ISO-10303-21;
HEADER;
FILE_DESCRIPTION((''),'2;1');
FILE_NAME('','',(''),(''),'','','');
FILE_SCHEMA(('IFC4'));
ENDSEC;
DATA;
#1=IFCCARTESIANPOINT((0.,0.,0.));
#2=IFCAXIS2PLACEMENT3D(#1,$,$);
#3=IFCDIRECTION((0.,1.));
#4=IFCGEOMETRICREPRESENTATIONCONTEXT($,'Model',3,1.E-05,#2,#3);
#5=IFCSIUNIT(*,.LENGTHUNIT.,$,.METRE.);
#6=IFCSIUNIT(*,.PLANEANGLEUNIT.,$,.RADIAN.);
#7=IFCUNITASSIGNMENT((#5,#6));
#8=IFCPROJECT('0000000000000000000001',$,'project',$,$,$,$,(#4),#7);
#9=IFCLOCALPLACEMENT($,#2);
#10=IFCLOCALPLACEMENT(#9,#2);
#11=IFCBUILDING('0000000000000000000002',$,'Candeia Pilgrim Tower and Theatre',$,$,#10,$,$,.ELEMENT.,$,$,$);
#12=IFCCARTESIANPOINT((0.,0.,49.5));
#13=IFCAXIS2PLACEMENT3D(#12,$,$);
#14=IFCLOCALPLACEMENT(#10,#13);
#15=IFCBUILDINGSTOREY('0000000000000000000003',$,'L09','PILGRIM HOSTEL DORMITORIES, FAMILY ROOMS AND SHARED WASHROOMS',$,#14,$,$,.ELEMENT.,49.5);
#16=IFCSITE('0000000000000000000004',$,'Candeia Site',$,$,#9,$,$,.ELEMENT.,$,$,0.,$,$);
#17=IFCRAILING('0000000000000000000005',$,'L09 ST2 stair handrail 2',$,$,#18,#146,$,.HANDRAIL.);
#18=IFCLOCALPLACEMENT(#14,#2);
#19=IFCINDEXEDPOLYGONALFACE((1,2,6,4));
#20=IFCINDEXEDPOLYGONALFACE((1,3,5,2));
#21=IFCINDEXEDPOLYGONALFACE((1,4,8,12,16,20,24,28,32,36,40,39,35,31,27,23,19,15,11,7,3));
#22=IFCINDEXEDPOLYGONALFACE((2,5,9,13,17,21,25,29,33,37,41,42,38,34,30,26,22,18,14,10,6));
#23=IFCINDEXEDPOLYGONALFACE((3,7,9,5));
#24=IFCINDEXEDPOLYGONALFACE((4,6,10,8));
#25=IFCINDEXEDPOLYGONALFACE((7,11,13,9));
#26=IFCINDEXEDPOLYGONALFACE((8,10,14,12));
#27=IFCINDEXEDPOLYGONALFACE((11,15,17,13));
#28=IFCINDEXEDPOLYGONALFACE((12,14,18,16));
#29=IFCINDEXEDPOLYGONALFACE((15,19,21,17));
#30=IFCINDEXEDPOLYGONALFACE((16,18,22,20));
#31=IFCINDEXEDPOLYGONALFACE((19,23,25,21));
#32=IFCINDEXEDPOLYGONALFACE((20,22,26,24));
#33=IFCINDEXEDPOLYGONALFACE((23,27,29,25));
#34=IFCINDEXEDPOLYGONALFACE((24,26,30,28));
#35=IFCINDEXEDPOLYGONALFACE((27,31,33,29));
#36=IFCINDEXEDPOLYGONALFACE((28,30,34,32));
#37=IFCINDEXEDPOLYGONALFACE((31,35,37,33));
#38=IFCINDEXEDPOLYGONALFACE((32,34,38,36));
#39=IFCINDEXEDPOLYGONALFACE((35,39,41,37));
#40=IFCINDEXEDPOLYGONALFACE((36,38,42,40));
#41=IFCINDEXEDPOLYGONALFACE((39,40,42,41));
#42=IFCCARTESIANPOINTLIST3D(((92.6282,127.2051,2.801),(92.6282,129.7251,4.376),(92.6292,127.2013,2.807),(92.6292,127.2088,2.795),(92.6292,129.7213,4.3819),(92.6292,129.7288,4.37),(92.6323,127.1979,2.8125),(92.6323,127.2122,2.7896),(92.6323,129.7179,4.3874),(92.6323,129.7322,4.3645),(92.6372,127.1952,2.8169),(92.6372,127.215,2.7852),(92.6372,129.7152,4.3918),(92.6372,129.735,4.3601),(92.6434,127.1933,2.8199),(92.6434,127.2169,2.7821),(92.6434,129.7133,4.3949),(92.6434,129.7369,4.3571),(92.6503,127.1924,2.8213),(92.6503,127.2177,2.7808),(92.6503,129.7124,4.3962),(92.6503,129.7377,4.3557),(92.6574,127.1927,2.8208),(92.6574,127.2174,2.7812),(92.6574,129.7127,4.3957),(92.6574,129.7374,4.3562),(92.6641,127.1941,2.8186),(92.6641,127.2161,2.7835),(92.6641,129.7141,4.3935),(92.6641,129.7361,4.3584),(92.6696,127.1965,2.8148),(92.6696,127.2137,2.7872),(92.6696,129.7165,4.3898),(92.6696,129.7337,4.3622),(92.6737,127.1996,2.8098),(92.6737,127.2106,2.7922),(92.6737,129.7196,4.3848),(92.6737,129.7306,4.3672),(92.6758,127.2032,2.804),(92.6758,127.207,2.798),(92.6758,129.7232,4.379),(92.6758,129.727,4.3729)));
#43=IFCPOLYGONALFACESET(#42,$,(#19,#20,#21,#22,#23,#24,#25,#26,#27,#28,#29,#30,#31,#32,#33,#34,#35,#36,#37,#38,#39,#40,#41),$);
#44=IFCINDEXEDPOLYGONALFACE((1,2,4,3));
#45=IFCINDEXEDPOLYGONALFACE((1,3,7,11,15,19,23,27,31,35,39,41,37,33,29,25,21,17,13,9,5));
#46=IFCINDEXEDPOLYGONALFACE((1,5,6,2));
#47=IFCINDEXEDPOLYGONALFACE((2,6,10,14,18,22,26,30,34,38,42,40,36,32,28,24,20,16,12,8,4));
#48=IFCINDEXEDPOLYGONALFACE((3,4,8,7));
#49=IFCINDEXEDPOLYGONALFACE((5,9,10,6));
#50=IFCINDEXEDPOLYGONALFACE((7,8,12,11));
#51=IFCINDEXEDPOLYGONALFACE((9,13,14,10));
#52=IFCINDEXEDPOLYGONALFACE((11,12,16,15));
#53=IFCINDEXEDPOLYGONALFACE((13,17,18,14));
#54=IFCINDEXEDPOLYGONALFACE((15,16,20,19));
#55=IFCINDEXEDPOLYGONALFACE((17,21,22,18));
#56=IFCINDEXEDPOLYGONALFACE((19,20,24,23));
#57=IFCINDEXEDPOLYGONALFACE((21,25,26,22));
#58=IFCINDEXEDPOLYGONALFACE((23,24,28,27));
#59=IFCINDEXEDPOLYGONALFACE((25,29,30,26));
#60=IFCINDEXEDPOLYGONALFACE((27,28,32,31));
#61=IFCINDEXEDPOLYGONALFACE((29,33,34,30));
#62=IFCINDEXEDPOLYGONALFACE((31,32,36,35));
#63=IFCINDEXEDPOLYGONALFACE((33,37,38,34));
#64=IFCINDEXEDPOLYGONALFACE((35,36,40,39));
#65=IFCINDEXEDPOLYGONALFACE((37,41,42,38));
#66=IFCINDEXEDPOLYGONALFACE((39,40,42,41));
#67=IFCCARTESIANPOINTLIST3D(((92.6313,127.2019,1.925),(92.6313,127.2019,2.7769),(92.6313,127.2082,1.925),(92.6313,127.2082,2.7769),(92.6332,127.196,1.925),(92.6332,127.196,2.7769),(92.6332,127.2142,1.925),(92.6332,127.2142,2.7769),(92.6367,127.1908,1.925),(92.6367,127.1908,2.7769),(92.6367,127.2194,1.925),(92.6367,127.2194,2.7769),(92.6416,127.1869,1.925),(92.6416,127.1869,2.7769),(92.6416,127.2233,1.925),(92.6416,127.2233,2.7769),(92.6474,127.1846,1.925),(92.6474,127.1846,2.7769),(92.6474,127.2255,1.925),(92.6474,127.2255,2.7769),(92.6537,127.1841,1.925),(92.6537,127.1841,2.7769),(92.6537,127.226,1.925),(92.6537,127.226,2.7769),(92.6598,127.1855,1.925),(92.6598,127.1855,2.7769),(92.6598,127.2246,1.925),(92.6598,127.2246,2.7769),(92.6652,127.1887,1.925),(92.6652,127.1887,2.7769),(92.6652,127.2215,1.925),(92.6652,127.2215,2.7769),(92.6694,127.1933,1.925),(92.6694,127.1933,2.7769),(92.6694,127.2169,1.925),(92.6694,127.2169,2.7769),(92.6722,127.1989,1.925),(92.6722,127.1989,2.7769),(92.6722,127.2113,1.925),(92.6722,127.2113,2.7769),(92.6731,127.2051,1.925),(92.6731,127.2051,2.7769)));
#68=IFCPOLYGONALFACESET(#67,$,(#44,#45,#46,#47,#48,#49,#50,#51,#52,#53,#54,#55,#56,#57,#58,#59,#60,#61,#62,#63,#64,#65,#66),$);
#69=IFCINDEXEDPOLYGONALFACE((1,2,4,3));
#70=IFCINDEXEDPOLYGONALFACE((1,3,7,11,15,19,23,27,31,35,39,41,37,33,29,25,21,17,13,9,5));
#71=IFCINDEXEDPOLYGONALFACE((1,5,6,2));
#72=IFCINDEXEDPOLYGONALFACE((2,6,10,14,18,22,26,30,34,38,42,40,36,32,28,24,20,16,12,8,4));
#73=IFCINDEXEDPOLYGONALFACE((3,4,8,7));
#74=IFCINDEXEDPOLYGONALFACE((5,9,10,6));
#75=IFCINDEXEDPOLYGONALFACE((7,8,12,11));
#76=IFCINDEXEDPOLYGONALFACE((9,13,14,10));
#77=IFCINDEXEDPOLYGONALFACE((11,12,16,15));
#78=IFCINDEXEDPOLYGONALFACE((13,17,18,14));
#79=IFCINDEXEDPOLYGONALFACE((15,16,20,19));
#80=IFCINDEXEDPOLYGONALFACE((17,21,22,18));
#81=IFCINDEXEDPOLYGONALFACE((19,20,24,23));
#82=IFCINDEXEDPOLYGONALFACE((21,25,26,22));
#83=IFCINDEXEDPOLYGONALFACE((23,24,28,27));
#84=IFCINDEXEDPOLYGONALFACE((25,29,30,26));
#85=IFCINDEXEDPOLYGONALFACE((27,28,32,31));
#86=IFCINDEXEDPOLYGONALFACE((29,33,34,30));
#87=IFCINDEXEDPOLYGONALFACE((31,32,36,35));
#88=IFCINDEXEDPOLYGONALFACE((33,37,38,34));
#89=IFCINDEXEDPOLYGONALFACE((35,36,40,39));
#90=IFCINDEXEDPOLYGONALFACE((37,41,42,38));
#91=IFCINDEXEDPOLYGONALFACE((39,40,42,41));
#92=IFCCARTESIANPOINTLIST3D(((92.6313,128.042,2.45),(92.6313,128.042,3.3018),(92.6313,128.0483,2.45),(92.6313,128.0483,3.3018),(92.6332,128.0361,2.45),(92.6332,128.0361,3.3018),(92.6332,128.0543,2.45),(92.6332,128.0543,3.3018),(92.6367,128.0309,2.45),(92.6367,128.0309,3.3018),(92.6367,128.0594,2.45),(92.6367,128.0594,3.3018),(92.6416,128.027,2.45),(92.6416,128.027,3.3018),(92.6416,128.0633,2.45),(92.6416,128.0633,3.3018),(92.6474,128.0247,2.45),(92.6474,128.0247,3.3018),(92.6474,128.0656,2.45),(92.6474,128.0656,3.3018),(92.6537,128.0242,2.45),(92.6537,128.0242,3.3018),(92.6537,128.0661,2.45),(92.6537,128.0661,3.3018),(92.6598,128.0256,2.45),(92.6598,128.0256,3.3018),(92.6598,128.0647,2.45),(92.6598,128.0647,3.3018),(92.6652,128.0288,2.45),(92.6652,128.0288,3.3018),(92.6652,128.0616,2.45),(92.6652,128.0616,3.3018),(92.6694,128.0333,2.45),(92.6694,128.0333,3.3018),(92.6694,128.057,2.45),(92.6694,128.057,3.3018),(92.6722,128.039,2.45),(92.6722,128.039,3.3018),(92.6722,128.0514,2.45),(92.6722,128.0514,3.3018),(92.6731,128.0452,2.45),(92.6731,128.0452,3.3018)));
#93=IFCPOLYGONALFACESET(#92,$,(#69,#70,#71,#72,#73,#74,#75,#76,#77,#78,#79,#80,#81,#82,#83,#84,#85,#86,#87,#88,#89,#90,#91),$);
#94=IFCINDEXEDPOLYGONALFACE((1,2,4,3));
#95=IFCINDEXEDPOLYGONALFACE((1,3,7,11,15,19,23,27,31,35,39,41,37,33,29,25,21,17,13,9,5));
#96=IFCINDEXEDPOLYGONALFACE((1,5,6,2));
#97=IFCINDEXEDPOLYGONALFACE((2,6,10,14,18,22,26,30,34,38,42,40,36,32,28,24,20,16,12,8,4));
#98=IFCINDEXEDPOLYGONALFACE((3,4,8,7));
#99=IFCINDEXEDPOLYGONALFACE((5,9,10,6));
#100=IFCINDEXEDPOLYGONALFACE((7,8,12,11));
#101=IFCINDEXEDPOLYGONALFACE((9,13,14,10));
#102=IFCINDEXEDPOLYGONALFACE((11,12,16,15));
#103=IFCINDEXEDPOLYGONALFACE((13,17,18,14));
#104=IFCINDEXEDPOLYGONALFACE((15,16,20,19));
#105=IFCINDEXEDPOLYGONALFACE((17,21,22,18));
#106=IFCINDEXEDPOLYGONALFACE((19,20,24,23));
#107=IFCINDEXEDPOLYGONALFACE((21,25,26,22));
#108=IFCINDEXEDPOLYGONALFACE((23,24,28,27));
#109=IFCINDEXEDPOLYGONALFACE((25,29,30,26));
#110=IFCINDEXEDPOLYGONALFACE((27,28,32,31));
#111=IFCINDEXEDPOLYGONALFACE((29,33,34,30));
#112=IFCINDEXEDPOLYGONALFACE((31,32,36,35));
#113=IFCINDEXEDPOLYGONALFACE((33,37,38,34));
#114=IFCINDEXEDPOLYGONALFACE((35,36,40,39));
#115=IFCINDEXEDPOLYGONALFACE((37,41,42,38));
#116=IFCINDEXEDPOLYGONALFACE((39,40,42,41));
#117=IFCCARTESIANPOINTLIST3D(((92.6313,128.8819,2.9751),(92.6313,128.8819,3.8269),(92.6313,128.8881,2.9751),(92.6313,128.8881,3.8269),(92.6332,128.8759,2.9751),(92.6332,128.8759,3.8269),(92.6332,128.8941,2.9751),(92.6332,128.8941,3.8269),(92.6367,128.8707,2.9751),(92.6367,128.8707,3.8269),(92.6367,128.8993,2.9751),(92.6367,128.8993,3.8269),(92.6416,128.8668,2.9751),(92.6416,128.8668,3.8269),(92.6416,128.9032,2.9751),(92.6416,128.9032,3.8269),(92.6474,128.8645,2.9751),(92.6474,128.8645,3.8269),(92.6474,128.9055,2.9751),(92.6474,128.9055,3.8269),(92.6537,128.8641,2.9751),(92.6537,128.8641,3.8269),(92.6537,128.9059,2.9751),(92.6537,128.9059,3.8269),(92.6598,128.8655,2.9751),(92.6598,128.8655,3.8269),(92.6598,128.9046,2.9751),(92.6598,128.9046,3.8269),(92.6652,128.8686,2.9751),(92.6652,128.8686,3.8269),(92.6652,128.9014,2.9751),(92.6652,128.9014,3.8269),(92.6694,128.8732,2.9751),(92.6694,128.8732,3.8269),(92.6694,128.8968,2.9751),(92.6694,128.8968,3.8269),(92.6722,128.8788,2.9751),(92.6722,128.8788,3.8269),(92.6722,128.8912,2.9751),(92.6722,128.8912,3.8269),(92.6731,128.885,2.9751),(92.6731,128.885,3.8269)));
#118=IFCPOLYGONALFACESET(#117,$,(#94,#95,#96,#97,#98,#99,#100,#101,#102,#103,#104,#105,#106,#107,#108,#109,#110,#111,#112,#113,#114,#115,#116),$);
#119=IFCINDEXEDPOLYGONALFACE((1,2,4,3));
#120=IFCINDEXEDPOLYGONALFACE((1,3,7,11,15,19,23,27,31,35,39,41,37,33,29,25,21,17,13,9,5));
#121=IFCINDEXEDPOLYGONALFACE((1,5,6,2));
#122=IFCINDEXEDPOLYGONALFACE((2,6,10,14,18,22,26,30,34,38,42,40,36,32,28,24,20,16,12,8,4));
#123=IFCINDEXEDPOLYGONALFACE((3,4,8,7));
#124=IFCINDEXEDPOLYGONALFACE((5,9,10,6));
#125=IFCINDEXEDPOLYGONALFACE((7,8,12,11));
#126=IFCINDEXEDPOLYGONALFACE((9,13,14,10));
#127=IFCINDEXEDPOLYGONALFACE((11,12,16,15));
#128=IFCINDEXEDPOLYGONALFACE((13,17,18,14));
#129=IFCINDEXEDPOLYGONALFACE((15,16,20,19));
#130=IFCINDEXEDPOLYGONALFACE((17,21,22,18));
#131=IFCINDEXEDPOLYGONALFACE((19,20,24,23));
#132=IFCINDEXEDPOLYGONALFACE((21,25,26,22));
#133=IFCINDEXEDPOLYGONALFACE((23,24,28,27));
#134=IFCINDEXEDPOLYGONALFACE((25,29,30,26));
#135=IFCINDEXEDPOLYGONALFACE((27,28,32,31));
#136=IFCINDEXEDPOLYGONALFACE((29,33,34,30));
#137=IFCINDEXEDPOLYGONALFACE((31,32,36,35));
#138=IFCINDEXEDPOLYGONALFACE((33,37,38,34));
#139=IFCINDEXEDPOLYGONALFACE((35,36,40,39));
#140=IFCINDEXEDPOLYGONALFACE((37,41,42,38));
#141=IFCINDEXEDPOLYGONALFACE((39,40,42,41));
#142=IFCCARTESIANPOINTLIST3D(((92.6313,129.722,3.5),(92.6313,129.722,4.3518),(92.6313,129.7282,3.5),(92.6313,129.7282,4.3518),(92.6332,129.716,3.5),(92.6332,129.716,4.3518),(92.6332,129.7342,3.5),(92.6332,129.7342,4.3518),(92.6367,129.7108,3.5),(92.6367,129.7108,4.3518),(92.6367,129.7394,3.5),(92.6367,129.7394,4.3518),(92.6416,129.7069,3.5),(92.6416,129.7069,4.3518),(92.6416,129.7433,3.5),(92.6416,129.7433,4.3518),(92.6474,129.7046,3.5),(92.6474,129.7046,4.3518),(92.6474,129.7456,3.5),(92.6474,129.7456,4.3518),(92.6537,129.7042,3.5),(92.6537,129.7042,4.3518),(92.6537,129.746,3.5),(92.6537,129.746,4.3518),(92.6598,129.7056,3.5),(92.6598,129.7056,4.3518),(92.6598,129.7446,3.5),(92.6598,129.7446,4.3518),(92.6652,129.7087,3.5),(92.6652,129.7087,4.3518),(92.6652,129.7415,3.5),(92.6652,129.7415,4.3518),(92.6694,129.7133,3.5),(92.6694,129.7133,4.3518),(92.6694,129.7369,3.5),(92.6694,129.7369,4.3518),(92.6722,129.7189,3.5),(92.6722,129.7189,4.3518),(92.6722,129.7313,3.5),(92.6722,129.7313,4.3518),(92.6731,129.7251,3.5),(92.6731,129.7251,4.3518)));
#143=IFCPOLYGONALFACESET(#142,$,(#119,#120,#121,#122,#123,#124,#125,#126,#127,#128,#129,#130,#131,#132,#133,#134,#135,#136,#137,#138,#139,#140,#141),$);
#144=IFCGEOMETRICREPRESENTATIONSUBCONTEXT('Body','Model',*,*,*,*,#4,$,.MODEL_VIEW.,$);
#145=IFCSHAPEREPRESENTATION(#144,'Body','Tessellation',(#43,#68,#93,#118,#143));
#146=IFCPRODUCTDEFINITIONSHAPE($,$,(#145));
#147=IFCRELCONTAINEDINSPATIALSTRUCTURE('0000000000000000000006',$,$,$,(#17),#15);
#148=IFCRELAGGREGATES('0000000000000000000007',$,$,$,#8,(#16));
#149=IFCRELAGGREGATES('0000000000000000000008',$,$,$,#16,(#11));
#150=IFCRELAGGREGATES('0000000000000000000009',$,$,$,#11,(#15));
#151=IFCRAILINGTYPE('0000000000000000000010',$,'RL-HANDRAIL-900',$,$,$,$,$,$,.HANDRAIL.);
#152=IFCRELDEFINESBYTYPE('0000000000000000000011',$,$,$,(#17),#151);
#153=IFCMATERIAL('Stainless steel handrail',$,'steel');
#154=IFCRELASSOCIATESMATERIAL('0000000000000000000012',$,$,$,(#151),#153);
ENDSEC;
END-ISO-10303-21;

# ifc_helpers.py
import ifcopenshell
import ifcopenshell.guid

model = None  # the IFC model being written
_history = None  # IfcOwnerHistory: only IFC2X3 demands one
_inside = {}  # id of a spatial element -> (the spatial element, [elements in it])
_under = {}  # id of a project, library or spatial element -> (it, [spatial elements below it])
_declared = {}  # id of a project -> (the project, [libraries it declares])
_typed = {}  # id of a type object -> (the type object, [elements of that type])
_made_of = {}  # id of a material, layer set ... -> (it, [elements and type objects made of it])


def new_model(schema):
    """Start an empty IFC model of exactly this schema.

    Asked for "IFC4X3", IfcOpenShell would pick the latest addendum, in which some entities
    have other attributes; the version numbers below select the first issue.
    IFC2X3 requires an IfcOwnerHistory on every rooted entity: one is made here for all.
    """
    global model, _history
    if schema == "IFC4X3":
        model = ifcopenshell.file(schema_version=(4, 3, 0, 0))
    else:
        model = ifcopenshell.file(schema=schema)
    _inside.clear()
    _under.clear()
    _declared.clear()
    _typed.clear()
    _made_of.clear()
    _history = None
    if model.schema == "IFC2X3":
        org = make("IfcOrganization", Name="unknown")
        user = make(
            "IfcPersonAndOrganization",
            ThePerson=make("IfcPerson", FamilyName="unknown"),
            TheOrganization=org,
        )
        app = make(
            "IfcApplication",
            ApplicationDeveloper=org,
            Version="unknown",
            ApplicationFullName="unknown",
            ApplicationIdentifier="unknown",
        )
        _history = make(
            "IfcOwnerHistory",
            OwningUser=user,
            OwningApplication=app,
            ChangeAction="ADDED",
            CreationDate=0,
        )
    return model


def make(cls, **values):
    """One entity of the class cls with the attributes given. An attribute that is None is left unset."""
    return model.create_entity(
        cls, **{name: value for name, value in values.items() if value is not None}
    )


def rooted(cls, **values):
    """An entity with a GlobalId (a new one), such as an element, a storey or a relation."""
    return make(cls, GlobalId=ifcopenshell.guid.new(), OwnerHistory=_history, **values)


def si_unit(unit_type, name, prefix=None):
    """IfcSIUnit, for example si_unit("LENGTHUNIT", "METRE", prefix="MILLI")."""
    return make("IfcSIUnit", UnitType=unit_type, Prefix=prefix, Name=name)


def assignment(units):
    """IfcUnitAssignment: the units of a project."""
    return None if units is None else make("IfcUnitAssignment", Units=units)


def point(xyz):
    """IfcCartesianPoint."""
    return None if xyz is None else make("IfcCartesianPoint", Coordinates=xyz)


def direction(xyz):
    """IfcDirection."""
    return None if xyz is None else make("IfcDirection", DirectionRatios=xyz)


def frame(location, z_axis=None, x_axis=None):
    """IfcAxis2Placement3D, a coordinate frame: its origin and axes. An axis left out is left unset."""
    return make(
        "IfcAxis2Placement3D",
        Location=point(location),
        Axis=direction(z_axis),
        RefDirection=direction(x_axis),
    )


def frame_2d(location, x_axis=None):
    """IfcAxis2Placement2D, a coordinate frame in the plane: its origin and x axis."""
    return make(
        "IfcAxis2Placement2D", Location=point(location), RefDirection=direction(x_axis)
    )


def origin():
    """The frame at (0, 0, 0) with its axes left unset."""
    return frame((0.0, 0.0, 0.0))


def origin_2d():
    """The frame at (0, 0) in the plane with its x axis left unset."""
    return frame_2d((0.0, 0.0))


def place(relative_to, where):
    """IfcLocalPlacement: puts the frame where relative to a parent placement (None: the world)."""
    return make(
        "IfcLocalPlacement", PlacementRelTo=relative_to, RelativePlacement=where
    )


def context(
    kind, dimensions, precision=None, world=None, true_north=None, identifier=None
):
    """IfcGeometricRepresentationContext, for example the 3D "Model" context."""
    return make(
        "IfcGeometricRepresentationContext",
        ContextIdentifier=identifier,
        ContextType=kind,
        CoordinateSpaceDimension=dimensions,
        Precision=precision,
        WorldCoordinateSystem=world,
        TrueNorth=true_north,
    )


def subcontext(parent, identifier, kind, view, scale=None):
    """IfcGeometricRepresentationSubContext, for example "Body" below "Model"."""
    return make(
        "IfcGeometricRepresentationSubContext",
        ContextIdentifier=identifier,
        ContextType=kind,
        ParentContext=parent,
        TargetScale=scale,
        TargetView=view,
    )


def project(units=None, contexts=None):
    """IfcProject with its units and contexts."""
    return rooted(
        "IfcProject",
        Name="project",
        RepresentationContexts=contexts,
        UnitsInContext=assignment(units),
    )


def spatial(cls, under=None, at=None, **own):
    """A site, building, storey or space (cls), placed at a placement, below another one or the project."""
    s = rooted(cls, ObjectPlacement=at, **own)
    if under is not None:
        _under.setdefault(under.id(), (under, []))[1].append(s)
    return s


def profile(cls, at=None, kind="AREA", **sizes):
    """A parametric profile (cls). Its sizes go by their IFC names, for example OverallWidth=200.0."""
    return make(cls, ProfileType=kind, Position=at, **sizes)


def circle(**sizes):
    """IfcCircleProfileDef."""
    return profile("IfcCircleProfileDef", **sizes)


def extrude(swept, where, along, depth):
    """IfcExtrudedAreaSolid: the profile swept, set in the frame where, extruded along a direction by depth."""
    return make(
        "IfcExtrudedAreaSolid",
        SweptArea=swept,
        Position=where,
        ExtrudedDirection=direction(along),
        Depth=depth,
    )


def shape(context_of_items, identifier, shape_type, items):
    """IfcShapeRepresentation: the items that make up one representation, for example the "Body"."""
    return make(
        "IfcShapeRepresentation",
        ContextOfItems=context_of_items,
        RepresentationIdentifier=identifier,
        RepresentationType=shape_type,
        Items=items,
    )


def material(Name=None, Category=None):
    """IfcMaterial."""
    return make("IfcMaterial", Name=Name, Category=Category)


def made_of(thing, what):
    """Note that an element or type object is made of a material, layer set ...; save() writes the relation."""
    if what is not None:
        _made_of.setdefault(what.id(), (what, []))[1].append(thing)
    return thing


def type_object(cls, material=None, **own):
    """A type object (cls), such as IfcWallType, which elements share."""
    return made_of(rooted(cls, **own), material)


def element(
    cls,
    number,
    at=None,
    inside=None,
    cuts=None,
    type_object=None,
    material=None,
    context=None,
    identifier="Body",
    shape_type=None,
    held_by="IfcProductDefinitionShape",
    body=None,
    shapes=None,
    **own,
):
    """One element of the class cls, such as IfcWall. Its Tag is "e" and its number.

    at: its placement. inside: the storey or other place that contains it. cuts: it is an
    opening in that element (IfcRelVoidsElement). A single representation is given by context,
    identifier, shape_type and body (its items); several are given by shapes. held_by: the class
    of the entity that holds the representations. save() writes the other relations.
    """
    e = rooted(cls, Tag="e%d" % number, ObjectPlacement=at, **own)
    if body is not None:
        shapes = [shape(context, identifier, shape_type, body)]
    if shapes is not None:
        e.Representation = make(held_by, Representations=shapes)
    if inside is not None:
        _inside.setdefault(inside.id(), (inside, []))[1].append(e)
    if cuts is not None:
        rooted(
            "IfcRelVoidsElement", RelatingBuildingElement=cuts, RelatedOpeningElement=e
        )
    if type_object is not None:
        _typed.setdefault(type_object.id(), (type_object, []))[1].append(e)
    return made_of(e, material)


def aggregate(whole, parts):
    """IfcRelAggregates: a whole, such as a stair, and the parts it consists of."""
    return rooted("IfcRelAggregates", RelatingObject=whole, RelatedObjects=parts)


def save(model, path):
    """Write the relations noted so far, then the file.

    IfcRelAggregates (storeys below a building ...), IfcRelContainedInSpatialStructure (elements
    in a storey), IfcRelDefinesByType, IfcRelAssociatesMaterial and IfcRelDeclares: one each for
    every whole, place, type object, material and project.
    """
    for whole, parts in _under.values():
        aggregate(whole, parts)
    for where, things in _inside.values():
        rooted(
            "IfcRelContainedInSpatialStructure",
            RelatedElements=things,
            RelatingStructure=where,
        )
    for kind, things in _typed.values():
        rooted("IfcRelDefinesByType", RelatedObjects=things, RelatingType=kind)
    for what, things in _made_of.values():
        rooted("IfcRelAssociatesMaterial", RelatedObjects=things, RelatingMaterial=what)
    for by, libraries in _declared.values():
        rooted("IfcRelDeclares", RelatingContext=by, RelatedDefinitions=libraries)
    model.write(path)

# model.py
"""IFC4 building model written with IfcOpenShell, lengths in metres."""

from ifc_helpers import new_model, si_unit, direction, frame, origin, origin_2d, place, context, subcontext, project, spatial, circle, extrude, material, type_object, element, save


model = new_model("IFC4")

# Units and contexts
model_context = context("Model", 3, precision=1e-05, world=origin(), true_north=direction((0.0, 1.0)))
body_context = subcontext(model_context, "Body", "Model", "MODEL_VIEW")
ifc_project = project(units=[si_unit("LENGTHUNIT", "METRE"), si_unit("PLANEANGLEUNIT", "RADIAN")], contexts=[model_context])

# Site, building, storey
site_placement = place(None, origin())
site = spatial("IfcSite", under=ifc_project, at=site_placement, Name="Candeia Site", CompositionType="ELEMENT", RefElevation=0.0)
building_placement = place(site_placement, origin())
building = spatial("IfcBuilding", under=site, at=building_placement, Name="Candeia Pilgrim Tower and Theatre", CompositionType="ELEMENT")
storey_placement = place(building_placement, frame((0.0, 0.0, 49.5)))
storey = spatial("IfcBuildingStorey", under=building, at=storey_placement, Name="L09", Description="PILGRIM HOSTEL DORMITORIES, FAMILY ROOMS AND SHARED WASHROOMS", CompositionType="ELEMENT", Elevation=49.5)

# Railing
ifc_material_1 = material(Name="Stainless steel handrail", Category="steel")
railing_type_1 = type_object("IfcRailingType", Name="RL-HANDRAIL-900", PredefinedType="HANDRAIL", material=ifc_material_1)
railing_1_placement = place(storey_placement, frame((92.6521, 127.2051, 1.925)))
element("IfcRailing", 1, at=railing_1_placement, inside=storey, type_object=railing_type_1, Name="L09 ST2 stair handrail 2", PredefinedType="HANDRAIL", context=body_context, shape_type="SweptSolid", body=[
    extrude(circle(Radius=0.0239, at=origin_2d()), frame((0.0, 0.0, 0.876), z_axis=(0.0, 0.848008, 0.529984), x_axis=(-1.0, 0.0, 0.0)), (0.0, 0.0, 1.0), 2.9717),
    extrude(circle(Radius=0.021, at=origin_2d()), origin(), (0.0, 0.0, 1.0), 0.8518),
    extrude(circle(Radius=0.021, at=origin_2d()), frame((0.0, 0.8401, 0.5249)), (0.0, 0.0, 1.0), 0.8518),
    extrude(circle(Radius=0.021, at=origin_2d()), frame((0.0, 1.6799, 1.05)), (0.0, 0.0, 1.0), 0.8518),
    extrude(circle(Radius=0.021, at=origin_2d()), frame((0.0, 2.52, 1.575)), (0.0, 0.0, 1.0), 0.8518),
])

save(model, "model.ifc")
